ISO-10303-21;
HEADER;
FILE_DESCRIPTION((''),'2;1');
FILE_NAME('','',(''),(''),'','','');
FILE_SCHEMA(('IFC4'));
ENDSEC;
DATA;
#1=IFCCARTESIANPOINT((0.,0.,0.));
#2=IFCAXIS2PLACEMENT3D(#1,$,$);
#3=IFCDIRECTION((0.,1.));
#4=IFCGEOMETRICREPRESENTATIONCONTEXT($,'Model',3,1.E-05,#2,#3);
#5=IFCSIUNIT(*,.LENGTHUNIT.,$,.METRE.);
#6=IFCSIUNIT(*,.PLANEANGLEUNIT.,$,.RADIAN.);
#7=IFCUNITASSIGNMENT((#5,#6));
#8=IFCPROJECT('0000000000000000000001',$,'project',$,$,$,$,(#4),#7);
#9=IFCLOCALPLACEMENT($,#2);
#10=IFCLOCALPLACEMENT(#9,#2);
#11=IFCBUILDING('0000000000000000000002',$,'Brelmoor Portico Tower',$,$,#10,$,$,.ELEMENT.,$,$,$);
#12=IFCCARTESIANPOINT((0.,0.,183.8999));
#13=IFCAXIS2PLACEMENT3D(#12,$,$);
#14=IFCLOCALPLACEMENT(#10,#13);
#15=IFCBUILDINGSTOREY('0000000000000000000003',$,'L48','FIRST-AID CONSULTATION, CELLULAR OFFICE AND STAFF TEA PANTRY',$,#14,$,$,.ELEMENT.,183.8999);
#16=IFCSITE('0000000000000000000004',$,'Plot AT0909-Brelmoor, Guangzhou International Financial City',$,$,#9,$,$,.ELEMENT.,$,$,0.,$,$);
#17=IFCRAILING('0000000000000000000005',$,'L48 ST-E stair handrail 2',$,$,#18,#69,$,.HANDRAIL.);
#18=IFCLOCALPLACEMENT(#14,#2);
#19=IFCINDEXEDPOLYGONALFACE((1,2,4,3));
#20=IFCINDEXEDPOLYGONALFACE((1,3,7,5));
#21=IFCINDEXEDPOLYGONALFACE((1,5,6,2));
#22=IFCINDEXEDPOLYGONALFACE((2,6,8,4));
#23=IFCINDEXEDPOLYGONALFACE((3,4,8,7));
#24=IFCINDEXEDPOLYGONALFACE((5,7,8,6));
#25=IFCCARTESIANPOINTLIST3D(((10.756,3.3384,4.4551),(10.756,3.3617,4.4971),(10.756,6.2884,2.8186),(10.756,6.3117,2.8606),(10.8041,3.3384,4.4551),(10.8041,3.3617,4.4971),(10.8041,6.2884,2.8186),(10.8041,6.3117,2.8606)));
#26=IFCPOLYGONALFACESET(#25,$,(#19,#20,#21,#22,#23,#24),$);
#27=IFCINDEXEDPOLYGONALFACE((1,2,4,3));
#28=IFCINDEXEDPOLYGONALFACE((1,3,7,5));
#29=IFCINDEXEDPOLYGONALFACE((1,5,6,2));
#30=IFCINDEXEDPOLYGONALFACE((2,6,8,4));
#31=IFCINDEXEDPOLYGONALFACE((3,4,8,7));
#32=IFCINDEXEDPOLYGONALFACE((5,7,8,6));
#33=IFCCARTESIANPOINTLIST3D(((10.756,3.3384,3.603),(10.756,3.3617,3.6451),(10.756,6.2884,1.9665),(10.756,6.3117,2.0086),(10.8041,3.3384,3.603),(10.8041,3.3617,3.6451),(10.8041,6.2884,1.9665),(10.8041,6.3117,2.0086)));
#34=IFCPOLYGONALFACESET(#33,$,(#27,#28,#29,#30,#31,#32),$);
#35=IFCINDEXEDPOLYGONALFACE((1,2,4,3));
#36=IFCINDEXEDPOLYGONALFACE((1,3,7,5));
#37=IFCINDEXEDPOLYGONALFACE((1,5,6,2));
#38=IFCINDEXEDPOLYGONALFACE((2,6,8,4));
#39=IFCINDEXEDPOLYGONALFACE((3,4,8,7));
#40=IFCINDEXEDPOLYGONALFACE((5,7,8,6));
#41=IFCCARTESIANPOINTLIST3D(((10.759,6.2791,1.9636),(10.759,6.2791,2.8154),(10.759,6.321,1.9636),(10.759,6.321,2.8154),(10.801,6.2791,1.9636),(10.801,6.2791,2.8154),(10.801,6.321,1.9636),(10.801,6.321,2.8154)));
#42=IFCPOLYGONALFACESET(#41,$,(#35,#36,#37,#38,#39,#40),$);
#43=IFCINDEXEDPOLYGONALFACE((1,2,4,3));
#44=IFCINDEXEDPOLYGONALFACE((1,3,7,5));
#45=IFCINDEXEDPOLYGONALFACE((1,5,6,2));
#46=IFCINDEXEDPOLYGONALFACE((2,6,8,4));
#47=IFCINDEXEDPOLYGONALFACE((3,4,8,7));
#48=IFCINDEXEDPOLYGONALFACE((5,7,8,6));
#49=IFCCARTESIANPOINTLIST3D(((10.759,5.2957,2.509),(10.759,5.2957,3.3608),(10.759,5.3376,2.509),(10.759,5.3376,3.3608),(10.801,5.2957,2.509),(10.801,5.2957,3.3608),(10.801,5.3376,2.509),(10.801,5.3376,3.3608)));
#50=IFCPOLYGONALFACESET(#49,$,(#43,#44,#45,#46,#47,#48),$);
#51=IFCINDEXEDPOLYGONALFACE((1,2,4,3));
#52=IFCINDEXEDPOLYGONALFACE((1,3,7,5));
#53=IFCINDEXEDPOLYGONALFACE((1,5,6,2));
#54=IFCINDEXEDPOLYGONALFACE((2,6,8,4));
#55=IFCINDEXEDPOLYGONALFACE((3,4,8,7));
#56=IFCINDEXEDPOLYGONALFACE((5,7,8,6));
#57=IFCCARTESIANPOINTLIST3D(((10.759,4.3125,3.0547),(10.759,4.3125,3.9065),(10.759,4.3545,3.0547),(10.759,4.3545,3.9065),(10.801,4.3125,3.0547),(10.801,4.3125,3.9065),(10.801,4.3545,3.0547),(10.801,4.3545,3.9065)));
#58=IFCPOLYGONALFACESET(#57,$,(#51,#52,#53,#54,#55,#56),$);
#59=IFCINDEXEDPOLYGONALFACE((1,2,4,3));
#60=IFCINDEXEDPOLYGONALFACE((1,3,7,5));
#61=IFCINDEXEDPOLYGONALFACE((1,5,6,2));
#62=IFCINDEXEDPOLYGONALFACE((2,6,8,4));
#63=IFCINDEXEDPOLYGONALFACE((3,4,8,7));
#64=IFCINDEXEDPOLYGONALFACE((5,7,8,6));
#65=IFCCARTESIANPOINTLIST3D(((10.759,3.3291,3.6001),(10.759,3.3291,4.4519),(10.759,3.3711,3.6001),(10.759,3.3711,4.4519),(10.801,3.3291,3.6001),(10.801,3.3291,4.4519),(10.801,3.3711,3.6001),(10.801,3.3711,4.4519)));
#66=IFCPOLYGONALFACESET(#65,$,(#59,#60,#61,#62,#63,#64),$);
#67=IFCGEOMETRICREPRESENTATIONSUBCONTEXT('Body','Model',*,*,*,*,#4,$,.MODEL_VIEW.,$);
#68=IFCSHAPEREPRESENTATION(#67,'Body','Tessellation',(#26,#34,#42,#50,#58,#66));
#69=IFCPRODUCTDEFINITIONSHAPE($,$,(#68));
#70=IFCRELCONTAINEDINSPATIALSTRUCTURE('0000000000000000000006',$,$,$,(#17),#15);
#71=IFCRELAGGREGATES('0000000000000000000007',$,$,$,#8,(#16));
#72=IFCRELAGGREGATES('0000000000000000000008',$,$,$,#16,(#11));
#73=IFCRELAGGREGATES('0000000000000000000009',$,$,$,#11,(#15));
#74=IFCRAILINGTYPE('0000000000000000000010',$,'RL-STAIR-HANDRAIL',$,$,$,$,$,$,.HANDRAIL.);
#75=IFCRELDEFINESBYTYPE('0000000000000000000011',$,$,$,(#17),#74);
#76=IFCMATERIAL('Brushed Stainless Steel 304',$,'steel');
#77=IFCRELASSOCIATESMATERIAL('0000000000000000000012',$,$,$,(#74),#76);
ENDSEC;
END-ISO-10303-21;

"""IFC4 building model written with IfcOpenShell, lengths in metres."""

from ifc_helpers import new_model, si_unit, direction, frame, origin, origin_2d, place, context, subcontext, project, spatial, rectangle, extrude, material, type_object, element, save


model = new_model("IFC4")

# Units and contexts
model_context = context("Model", 3, precision=1e-05, world=origin(), true_north=direction((0.0, 1.0)))
body_context = subcontext(model_context, "Body", "Model", "MODEL_VIEW")
ifc_project = project(units=[si_unit("LENGTHUNIT", "METRE"), si_unit("PLANEANGLEUNIT", "RADIAN")], contexts=[model_context])

# Site, building, storey
site_placement = place(None, origin())
site = spatial("IfcSite", under=ifc_project, at=site_placement, Name="Plot AT0909-Brelmoor, Guangzhou International Financial City", CompositionType="ELEMENT", RefElevation=0.0)
building_placement = place(site_placement, origin())
building = spatial("IfcBuilding", under=site, at=building_placement, Name="Brelmoor Portico Tower", CompositionType="ELEMENT")
storey_placement = place(building_placement, frame((0.0, 0.0, 183.8999)))
storey = spatial("IfcBuildingStorey", under=building, at=storey_placement, Name="L48", Description="FIRST-AID CONSULTATION, CELLULAR OFFICE AND STAFF TEA PANTRY", CompositionType="ELEMENT", Elevation=183.8999)

# Railing
ifc_material_1 = material(Name="Brushed Stainless Steel 304", Category="steel")
railing_type_1 = type_object("IfcRailingType", Name="RL-STAIR-HANDRAIL", PredefinedType="HANDRAIL", material=ifc_material_1)
railing_1_placement = place(storey_placement, frame((10.78, 6.3, 1.9636)))
element("IfcRailing", 1, at=railing_1_placement, inside=storey, type_object=railing_type_1, Name="L48 ST-E stair handrail 2", PredefinedType="HANDRAIL", context=body_context, shape_type="SweptSolid", body=[
    extrude(rectangle(XDim=0.0481, YDim=0.0481, at=origin_2d()), frame((0.0, 0.0, 0.876), z_axis=(0.0, -0.874458, 0.485102), x_axis=(1.0, 0.0, 0.0)), (0.0, 0.0, 1.0), 3.3735),
    extrude(rectangle(XDim=0.0481, YDim=0.0481, at=origin_2d()), frame((0.0, 0.0, 0.0239), z_axis=(0.0, -0.874458, 0.485102), x_axis=(1.0, 0.0, 0.0)), (0.0, 0.0, 1.0), 3.3735),
    extrude(rectangle(XDim=0.042, YDim=0.042, at=origin_2d()), origin(), (0.0, 0.0, 1.0), 0.8518),
    extrude(rectangle(XDim=0.042, YDim=0.042, at=origin_2d()), frame((0.0, -0.9834, 0.5454)), (0.0, 0.0, 1.0), 0.8518),
    extrude(rectangle(XDim=0.042, YDim=0.042, at=origin_2d()), frame((0.0, -1.9666, 1.0911)), (0.0, 0.0, 1.0), 0.8518),
    extrude(rectangle(XDim=0.042, YDim=0.042, at=origin_2d()), frame((0.0, -2.95, 1.6365)), (0.0, 0.0, 1.0), 0.8518),
])

save(model, "model.ifc")
